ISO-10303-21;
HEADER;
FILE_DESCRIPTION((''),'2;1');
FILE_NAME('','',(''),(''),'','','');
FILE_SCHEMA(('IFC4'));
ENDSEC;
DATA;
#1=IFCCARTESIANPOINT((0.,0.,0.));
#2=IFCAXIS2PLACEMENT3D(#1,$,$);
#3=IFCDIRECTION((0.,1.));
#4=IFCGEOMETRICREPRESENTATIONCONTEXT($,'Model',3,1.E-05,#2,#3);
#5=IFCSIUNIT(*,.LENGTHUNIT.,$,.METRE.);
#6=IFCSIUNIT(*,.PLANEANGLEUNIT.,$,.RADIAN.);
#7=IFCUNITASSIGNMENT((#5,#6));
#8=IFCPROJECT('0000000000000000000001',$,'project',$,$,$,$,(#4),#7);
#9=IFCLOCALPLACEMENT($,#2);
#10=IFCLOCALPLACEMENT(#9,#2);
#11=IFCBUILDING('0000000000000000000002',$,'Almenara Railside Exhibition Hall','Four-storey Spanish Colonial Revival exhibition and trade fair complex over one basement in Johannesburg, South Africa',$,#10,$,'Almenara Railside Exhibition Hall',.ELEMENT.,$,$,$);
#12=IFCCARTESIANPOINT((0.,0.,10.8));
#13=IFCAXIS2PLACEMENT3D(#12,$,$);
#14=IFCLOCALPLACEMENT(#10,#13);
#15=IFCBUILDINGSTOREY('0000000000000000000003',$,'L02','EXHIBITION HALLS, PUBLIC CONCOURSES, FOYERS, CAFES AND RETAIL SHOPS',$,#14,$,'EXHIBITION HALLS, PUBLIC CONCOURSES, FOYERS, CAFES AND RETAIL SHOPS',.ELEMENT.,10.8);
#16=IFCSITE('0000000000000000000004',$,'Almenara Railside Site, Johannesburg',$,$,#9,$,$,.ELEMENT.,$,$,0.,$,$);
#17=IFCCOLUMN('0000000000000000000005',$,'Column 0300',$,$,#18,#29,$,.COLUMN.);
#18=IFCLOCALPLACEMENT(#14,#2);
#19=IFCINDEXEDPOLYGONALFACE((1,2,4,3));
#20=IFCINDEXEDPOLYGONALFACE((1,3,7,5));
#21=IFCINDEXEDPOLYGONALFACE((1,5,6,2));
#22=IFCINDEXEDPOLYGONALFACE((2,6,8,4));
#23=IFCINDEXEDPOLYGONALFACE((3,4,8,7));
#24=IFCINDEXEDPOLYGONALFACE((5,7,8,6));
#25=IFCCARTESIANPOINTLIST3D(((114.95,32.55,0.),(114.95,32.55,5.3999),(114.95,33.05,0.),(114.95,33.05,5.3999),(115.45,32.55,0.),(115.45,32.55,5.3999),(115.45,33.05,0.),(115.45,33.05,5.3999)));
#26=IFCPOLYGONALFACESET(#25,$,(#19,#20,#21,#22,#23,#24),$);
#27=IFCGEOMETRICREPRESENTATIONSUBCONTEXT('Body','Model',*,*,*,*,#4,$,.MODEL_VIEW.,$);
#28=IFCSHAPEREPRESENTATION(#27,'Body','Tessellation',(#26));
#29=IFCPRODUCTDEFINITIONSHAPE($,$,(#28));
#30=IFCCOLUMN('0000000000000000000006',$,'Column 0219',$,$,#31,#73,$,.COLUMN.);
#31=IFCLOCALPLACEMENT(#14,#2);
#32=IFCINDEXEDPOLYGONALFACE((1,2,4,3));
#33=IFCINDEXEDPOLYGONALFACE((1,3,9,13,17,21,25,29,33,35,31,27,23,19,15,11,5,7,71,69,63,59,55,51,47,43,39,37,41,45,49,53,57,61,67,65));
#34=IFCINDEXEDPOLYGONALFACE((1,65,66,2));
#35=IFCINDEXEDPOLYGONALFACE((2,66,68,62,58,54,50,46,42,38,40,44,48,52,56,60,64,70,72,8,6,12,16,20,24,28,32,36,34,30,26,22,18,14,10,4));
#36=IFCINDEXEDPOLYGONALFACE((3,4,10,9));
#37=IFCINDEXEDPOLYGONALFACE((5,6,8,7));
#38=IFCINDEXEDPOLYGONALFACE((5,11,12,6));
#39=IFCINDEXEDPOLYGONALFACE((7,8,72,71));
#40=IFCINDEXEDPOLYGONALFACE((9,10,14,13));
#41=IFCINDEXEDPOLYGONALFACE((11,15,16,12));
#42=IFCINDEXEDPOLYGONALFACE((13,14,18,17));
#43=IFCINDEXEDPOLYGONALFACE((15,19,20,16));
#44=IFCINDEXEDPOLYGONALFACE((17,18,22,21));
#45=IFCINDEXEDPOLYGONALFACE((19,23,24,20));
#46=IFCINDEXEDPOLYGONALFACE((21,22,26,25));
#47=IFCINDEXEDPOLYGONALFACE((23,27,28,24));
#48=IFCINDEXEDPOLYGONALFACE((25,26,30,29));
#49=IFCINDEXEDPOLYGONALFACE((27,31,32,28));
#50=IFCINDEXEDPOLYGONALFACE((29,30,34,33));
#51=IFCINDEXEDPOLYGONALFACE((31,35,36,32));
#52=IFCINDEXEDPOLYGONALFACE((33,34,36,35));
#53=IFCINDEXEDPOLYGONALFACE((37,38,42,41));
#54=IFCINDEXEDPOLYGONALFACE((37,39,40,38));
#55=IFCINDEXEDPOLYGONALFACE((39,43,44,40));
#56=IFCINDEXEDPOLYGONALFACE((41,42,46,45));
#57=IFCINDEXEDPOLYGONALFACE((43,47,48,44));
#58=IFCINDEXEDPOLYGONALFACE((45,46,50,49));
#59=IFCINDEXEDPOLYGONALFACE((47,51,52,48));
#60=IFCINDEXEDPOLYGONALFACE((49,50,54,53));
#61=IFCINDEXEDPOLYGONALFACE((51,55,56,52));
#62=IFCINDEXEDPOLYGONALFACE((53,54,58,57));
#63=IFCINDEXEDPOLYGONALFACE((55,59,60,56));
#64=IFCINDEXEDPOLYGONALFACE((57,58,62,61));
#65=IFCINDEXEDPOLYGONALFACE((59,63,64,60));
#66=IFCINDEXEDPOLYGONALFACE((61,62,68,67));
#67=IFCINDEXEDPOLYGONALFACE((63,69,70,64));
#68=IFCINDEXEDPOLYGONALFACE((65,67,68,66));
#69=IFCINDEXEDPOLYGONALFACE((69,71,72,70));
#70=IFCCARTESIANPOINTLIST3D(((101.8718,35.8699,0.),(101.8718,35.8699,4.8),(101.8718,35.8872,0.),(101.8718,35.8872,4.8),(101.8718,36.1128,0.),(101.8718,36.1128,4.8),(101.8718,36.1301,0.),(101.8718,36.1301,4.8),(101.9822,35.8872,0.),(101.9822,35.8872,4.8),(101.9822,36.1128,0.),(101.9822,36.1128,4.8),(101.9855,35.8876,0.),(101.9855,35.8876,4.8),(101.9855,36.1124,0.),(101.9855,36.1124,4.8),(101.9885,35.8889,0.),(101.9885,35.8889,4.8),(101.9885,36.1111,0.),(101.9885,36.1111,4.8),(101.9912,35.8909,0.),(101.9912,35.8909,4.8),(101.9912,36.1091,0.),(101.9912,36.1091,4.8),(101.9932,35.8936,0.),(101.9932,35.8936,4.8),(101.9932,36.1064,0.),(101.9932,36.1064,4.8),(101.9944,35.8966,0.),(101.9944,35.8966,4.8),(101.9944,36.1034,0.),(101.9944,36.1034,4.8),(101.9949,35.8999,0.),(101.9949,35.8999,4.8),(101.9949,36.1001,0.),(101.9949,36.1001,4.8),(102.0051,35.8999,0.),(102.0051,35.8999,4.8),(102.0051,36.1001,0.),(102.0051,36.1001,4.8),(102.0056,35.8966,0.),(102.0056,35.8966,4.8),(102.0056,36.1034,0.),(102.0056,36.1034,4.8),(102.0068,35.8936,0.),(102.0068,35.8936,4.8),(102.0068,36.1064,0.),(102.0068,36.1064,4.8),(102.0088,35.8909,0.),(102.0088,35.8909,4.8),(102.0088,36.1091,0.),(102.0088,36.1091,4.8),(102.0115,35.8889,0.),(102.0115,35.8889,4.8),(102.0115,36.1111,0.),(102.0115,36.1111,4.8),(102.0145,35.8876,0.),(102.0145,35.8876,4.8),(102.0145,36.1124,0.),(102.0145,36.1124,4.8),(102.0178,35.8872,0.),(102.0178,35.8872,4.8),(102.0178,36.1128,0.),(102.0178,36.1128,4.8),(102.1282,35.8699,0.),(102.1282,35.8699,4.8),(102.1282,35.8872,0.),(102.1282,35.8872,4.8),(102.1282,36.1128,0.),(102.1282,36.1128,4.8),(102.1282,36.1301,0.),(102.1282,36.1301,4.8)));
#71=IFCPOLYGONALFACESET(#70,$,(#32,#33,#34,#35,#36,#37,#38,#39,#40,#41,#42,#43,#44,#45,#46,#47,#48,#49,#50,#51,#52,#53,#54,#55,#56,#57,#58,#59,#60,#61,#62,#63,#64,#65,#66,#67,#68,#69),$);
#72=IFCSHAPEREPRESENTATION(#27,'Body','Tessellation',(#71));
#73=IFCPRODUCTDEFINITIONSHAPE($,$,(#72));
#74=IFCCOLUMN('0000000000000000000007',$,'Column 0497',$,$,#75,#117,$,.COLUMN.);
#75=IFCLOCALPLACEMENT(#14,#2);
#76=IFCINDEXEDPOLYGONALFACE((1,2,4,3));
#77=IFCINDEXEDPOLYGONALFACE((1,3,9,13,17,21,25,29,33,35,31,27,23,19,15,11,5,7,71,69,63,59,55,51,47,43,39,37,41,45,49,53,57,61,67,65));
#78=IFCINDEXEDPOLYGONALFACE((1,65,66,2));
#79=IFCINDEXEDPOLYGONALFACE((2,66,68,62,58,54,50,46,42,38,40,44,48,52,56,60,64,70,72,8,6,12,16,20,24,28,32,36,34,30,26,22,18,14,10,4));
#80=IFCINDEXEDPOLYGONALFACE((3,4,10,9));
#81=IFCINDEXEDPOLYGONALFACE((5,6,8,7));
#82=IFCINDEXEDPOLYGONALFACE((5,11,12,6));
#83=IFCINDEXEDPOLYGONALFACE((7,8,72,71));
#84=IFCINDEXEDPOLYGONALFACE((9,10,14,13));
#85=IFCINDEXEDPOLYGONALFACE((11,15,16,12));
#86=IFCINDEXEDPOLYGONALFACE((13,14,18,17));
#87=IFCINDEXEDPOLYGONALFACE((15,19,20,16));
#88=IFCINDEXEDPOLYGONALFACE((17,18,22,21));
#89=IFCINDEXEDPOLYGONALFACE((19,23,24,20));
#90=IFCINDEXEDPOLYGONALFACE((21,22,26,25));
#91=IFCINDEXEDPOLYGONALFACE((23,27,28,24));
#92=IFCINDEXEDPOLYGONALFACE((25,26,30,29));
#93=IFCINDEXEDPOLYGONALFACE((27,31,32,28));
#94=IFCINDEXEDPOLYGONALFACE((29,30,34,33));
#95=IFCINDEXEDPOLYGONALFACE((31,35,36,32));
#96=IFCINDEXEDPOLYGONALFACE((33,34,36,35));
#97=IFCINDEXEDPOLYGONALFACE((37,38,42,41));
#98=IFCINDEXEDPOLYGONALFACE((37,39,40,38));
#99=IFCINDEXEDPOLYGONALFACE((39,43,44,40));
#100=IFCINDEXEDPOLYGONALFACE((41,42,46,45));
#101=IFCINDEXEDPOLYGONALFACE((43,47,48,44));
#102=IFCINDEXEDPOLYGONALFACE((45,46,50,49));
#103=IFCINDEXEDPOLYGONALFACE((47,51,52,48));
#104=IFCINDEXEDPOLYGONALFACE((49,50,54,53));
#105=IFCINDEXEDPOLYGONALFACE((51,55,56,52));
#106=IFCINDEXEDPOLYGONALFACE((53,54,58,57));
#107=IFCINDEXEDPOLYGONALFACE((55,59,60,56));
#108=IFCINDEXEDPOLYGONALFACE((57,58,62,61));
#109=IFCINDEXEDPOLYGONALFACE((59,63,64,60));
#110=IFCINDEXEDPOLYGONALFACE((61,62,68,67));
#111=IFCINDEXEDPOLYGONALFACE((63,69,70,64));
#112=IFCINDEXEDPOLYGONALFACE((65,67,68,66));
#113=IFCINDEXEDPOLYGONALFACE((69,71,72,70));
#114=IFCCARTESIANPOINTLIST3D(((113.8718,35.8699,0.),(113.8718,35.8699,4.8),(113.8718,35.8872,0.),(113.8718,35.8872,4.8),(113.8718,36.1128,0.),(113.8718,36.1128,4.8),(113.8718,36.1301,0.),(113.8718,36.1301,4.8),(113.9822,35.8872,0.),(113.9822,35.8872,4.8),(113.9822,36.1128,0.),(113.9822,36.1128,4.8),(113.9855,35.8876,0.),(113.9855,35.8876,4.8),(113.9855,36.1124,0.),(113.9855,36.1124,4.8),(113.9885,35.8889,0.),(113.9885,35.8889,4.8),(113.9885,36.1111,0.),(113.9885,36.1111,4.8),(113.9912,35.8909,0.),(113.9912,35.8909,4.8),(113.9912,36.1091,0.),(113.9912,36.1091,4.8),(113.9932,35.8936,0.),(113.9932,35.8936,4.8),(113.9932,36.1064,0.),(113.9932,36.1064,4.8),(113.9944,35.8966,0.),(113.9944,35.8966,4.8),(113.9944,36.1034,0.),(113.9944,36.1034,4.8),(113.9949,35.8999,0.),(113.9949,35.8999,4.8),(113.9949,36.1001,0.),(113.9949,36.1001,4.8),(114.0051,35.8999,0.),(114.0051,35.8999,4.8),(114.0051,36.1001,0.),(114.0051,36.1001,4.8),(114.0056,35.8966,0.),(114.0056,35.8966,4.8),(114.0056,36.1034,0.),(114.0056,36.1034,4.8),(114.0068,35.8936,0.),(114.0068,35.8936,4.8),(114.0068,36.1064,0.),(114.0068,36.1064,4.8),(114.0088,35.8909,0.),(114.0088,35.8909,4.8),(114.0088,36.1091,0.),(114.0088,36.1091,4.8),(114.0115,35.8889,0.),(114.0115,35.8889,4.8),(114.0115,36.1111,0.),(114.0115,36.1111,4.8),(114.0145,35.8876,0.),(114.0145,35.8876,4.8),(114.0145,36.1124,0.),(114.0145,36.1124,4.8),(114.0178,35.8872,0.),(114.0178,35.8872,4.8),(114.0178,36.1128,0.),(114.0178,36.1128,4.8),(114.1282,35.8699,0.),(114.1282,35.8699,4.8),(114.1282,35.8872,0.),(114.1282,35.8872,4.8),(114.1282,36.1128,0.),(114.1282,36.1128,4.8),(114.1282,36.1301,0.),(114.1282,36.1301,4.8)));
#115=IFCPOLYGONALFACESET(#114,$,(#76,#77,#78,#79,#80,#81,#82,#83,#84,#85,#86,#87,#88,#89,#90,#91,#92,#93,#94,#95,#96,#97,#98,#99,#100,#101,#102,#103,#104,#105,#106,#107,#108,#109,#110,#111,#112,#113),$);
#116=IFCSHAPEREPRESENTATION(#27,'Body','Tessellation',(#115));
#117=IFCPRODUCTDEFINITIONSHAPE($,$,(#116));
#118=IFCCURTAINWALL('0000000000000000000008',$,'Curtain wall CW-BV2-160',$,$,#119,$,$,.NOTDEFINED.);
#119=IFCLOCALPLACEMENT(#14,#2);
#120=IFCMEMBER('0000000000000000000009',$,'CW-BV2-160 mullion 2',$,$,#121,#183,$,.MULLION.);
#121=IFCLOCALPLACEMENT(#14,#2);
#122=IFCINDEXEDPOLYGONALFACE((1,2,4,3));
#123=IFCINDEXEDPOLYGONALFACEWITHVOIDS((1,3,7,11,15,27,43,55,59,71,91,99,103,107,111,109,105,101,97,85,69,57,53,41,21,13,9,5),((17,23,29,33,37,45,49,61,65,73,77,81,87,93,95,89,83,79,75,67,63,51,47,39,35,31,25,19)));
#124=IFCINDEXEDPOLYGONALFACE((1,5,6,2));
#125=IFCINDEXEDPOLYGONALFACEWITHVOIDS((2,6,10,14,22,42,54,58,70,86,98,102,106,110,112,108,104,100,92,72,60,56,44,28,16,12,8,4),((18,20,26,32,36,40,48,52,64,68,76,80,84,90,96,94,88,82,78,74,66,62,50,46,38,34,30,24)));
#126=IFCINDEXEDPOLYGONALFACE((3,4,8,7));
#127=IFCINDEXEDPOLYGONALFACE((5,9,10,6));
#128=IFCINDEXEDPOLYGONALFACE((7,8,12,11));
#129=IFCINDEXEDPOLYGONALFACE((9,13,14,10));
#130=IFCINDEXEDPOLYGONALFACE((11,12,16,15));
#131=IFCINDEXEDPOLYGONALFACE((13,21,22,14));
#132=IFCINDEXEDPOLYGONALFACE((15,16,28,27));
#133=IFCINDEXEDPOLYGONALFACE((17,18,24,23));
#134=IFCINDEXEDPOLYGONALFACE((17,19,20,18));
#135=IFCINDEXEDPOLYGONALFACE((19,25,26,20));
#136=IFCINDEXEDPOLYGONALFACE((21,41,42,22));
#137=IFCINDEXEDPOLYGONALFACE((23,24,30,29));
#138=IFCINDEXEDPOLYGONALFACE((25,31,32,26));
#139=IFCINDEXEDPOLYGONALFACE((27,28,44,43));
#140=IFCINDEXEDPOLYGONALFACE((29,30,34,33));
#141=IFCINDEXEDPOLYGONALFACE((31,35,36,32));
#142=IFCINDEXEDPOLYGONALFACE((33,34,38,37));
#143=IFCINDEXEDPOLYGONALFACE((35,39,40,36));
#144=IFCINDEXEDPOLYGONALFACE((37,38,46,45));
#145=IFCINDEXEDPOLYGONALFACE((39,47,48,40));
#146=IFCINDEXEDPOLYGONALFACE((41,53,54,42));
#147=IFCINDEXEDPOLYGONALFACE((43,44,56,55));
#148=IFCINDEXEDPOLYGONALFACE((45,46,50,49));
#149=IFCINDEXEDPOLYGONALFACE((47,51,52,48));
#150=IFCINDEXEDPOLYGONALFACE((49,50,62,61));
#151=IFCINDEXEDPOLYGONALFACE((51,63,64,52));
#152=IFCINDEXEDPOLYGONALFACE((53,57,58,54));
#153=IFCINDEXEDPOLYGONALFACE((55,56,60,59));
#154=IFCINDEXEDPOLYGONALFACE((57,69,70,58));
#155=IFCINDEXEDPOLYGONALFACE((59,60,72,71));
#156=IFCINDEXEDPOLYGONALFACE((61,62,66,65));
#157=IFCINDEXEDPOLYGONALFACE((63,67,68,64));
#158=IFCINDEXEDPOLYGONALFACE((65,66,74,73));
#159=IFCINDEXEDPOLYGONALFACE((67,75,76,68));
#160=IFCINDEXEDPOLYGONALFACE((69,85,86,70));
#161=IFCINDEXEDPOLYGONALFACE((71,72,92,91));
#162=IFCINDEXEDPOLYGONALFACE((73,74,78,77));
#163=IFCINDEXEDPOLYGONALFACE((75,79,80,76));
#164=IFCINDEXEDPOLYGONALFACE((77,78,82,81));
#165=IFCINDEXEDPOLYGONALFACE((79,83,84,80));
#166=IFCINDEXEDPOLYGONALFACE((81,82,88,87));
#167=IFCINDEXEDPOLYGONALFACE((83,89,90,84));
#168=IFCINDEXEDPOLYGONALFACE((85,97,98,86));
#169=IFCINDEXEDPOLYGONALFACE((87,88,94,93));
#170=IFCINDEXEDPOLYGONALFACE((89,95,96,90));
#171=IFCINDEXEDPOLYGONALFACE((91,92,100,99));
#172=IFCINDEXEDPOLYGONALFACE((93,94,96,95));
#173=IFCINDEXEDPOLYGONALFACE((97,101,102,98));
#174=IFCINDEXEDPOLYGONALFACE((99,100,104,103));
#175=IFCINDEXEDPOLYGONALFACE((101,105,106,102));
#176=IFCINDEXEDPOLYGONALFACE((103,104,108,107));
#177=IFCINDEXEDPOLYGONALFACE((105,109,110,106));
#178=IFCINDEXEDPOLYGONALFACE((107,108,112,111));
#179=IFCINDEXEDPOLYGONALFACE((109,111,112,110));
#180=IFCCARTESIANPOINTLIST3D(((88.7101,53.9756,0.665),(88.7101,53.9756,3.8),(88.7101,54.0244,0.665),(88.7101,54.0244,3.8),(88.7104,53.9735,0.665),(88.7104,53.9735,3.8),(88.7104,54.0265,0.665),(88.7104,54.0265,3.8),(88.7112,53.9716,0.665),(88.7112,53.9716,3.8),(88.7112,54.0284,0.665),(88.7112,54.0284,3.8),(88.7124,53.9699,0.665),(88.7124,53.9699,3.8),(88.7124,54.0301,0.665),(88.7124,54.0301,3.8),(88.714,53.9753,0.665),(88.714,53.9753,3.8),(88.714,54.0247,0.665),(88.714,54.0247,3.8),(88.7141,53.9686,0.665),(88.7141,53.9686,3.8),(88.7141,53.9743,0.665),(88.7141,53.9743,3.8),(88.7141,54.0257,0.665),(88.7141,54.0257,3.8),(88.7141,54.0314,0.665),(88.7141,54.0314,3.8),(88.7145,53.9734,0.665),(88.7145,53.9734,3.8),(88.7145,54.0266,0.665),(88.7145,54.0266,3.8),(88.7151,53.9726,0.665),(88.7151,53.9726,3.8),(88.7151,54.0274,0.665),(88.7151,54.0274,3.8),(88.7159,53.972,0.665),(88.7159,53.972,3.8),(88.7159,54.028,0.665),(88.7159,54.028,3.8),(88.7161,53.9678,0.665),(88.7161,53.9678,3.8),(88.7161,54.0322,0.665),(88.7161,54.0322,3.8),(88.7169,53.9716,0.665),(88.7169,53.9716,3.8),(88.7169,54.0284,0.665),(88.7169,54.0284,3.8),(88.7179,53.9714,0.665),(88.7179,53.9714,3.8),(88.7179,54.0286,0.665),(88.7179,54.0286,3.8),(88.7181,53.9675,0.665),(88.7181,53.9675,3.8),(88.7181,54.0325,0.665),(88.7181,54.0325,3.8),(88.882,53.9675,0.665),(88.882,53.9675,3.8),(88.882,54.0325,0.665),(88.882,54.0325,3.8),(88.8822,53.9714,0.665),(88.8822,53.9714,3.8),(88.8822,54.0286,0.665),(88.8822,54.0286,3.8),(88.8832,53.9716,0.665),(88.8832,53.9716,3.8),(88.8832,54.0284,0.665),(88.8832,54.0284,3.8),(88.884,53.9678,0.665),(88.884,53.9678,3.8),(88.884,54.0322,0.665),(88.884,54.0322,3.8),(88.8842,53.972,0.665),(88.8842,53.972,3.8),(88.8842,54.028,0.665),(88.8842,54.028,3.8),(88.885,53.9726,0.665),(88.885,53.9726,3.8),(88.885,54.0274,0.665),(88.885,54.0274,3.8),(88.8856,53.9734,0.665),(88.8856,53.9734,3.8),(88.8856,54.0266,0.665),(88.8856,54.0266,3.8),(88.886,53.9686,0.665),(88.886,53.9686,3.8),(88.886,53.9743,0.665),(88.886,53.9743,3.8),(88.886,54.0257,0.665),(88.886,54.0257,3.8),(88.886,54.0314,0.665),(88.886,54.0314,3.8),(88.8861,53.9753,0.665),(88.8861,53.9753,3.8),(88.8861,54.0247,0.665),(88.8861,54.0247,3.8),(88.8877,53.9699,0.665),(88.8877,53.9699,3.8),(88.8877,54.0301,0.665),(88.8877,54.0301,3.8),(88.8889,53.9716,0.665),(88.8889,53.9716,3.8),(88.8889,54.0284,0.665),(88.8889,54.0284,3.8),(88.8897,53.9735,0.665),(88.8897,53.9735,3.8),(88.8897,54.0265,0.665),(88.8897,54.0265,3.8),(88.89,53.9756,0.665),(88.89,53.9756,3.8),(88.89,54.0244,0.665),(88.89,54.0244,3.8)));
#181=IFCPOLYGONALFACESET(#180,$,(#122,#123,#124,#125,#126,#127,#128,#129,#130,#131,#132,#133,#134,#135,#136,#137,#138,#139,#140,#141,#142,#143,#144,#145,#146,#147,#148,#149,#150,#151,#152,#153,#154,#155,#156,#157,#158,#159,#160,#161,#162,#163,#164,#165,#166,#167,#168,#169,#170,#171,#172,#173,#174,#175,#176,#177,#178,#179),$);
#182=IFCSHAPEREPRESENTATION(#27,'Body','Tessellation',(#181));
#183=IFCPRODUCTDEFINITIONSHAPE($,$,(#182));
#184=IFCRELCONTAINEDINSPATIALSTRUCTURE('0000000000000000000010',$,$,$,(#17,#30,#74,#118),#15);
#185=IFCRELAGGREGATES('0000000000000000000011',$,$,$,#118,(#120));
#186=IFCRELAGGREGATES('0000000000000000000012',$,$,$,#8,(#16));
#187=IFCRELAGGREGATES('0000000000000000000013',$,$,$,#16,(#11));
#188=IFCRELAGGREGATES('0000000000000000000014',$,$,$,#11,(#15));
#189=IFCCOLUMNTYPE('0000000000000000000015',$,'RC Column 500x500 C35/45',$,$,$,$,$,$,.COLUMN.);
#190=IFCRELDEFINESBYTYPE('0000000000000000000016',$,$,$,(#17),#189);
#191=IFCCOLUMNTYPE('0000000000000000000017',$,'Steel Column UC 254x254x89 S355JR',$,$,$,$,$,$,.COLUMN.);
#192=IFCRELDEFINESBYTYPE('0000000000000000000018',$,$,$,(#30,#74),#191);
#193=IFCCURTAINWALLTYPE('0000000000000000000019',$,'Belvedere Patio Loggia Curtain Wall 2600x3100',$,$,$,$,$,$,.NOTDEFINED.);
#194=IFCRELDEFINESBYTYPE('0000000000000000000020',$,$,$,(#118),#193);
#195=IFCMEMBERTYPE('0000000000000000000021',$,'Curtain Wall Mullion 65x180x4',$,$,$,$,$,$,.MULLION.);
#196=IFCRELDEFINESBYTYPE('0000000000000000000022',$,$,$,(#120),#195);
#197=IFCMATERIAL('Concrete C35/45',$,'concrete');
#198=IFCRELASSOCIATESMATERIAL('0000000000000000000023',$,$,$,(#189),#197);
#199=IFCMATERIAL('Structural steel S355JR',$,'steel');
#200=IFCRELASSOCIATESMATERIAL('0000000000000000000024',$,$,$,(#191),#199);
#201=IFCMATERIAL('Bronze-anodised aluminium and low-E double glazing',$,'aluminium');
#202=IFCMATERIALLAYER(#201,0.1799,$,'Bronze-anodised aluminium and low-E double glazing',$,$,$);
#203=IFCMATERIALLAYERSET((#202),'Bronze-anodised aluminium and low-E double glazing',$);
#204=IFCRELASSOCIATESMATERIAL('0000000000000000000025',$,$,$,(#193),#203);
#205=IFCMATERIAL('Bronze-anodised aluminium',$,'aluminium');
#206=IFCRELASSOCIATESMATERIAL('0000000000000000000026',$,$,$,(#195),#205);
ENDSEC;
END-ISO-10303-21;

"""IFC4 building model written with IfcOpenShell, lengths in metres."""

from ifc_helpers import new_model, si_unit, direction, frame, origin, origin_2d, place, context, subcontext, project, spatial, rectangle, hollow_rectangle, i_section, extrude, material, layer, layer_set, material_profile, profile_set, type_object, element, aggregate, save


model = new_model("IFC4")

# Units and contexts
model_context = context("Model", 3, precision=1e-05, world=origin(), true_north=direction((0.0, 1.0)))
body_context = subcontext(model_context, "Body", "Model", "MODEL_VIEW")
ifc_project = project(units=[si_unit("LENGTHUNIT", "METRE"), si_unit("PLANEANGLEUNIT", "RADIAN")], contexts=[model_context])

# Site, building, storey
site_placement = place(None, origin())
site = spatial("IfcSite", under=ifc_project, at=site_placement, Name="Almenara Railside Site, Johannesburg", CompositionType="ELEMENT", RefElevation=0.0)
building_placement = place(site_placement, origin())
building = spatial("IfcBuilding", under=site, at=building_placement, Name="Almenara Railside Exhibition Hall", Description="Four-storey Spanish Colonial Revival exhibition and trade fair complex over one basement in Johannesburg, South Africa", LongName="Almenara Railside Exhibition Hall", CompositionType="ELEMENT")
storey_placement = place(building_placement, frame((0.0, 0.0, 10.8)))
storey = spatial("IfcBuildingStorey", under=building, at=storey_placement, Name="L02", Description="EXHIBITION HALLS, PUBLIC CONCOURSES, FOYERS, CAFES AND RETAIL SHOPS", LongName="EXHIBITION HALLS, PUBLIC CONCOURSES, FOYERS, CAFES AND RETAIL SHOPS", CompositionType="ELEMENT", Elevation=10.8)

# Columns
ifc_material_1 = material(Name="Concrete C35/45", Category="concrete")
ifc_material_profile_1 = material_profile(ifc_material_1, rectangle(XDim=0.5, YDim=0.5, at=origin_2d()), Name="RC 500x500")
ifc_profile_set_1 = profile_set([ifc_material_profile_1], Name="Concrete C35/45")
column_type_1 = type_object("IfcColumnType", Name="RC Column 500x500 C35/45", PredefinedType="COLUMN", material=ifc_profile_set_1)
column_placement = place(storey_placement, frame((115.2, 32.8, 0.0), z_axis=(0.0, 0.0, 1.0), x_axis=(1.0, 0.0, 0.0)))
element("IfcColumn", 1, at=column_placement, inside=storey, type_object=column_type_1, Name="Column 0300", PredefinedType="COLUMN", context=body_context, shape_type="SweptSolid", body=[
    extrude(rectangle(XDim=0.5, YDim=0.5, at=origin_2d()), origin(), (0.0, 0.0, 1.0), 5.3999),
])
ifc_material_2 = material(Name="Structural steel S355JR", Category="steel")
ifc_material_profile_2 = material_profile(ifc_material_2, i_section(OverallWidth=0.2563, OverallDepth=0.2603, WebThickness=0.0103, FlangeThickness=0.0173, FilletRadius=0.0127, at=origin_2d()), Name="UC 254x254x89")
ifc_profile_set_2 = profile_set([ifc_material_profile_2], Name="Structural steel S355JR")
column_type_2 = type_object("IfcColumnType", Name="Steel Column UC 254x254x89 S355JR", PredefinedType="COLUMN", material=ifc_profile_set_2)
for number, where, z_axis, x_axis, name in (
    (2, (102.0, 36.0, 0.0), (0.0, 0.0, 1.0), (1.0, 0.0, 0.0), "Column 0219"),
    (3, (114.0, 36.0, 0.0), (0.0, 0.0, 1.0), (1.0, 0.0, 0.0), "Column 0497"),
):
    element("IfcColumn", number, at=place(storey_placement, frame(where, z_axis=z_axis, x_axis=x_axis)), inside=storey, type_object=column_type_2, Name=name, PredefinedType="COLUMN", context=body_context, shape_type="SweptSolid", body=[
        extrude(i_section(OverallWidth=0.2563, OverallDepth=0.2603, WebThickness=0.0103, FlangeThickness=0.0173, FilletRadius=0.0127, at=origin_2d()), origin(), (0.0, 0.0, 1.0), 4.8),
    ])

# Curtain wall, member
ifc_material_3 = material(Name="Bronze-anodised aluminium and low-E double glazing", Category="aluminium")
ifc_layer_1 = layer(ifc_material_3, 0.1799, Name="Bronze-anodised aluminium and low-E double glazing")
ifc_layer_set_1 = layer_set([ifc_layer_1], Name="Bronze-anodised aluminium and low-E double glazing")
curtain_wall_type = type_object("IfcCurtainWallType", Name="Belvedere Patio Loggia Curtain Wall 2600x3100", PredefinedType="NOTDEFINED", material=ifc_layer_set_1)
curtain_wall_placement = place(storey_placement, origin())
curtain_wall = element("IfcCurtainWall", 4, at=curtain_wall_placement, inside=storey, type_object=curtain_wall_type, Name="Curtain wall CW-BV2-160", PredefinedType="NOTDEFINED")
ifc_material_4 = material(Name="Bronze-anodised aluminium", Category="aluminium")
ifc_material_profile_3 = material_profile(ifc_material_4, hollow_rectangle(XDim=0.0649, YDim=0.1799, WallThickness=0.0039, InnerFilletRadius=0.0039, OuterFilletRadius=0.0081, at=origin_2d()), Name="ALU-MUL 65x180x4")
ifc_profile_set_3 = profile_set([ifc_material_profile_3], Name="Bronze-anodised aluminium")
member_type_1 = type_object("IfcMemberType", Name="Curtain Wall Mullion 65x180x4", PredefinedType="MULLION", material=ifc_profile_set_3)
member_1_placement = place(storey_placement, frame((88.8, 54.0, 0.665), z_axis=(0.0, 0.0, 1.0), x_axis=(0.0, 1.0, 0.0)))
member_1 = element("IfcMember", 5, at=member_1_placement, type_object=member_type_1, Name="CW-BV2-160 mullion 2", PredefinedType="MULLION", context=body_context, shape_type="SweptSolid", body=[
    extrude(hollow_rectangle(XDim=0.0649, YDim=0.1799, WallThickness=0.0039, InnerFilletRadius=0.0039, OuterFilletRadius=0.0081, at=origin_2d()), origin(), (0.0, 0.0, 1.0), 3.135),
])

aggregate(curtain_wall, [member_1])

save(model, "model.ifc")
